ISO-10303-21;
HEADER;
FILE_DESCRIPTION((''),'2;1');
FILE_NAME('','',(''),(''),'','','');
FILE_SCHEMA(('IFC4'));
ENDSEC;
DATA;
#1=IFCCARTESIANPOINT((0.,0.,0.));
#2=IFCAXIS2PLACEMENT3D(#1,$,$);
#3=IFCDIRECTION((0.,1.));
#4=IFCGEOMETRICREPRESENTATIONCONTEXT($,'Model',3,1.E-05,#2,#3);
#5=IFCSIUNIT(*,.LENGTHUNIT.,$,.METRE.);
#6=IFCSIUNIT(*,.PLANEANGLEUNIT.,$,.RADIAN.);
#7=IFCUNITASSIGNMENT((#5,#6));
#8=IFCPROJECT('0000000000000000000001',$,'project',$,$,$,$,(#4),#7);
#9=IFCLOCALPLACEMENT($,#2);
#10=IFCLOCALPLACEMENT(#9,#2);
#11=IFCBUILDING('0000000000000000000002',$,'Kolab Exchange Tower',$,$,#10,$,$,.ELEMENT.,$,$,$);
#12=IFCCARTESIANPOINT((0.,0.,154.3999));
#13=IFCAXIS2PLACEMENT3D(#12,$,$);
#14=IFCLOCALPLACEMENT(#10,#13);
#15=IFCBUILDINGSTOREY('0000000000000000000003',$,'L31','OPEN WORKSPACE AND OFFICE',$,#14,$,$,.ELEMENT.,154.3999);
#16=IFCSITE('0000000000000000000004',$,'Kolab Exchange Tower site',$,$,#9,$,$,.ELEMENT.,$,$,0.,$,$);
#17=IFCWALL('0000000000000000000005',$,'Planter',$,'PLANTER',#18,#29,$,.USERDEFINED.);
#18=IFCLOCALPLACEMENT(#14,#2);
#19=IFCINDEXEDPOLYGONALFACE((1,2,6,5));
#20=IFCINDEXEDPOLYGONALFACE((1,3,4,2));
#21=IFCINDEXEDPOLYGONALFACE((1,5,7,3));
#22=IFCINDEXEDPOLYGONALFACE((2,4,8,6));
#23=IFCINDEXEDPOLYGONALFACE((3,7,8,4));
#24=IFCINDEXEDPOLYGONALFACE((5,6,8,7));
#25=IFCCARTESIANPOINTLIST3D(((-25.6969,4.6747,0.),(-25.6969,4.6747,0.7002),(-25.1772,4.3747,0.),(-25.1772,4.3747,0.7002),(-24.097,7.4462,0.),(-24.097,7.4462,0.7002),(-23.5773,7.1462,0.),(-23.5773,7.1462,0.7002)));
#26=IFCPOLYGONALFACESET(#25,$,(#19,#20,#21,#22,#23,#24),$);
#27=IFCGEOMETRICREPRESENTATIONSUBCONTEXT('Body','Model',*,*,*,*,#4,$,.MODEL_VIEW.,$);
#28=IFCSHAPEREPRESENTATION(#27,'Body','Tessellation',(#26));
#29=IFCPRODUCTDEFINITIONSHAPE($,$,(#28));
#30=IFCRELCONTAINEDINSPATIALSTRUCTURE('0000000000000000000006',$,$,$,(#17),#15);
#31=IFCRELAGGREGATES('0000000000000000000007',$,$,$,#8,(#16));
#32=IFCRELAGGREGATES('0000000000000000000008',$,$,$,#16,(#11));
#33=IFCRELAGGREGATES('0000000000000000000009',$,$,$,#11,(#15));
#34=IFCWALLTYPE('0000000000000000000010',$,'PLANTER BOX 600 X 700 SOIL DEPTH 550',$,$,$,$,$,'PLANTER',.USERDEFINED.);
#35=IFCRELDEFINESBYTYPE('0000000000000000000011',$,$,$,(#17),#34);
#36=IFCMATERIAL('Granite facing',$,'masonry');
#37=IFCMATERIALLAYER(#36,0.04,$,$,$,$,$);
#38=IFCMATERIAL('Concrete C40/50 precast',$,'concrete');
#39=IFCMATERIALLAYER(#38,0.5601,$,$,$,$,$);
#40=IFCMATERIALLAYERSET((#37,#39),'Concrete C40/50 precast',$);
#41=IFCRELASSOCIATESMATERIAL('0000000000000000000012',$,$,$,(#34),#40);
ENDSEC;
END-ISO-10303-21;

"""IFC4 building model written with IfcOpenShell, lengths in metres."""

from ifc_helpers import new_model, si_unit, direction, frame, frame_2d, origin, place, context, subcontext, project, spatial, rectangle, extrude, material, layer, layer_set, type_object, element, save


model = new_model("IFC4")

# Units and contexts
model_context = context("Model", 3, precision=1e-05, world=origin(), true_north=direction((0.0, 1.0)))
body_context = subcontext(model_context, "Body", "Model", "MODEL_VIEW")
ifc_project = project(units=[si_unit("LENGTHUNIT", "METRE"), si_unit("PLANEANGLEUNIT", "RADIAN")], contexts=[model_context])

# Site, building, storey
site_placement = place(None, origin())
site = spatial("IfcSite", under=ifc_project, at=site_placement, Name="Kolab Exchange Tower site", CompositionType="ELEMENT", RefElevation=0.0)
building_placement = place(site_placement, origin())
building = spatial("IfcBuilding", under=site, at=building_placement, Name="Kolab Exchange Tower", CompositionType="ELEMENT")
storey_placement = place(building_placement, frame((0.0, 0.0, 154.3999)))
storey = spatial("IfcBuildingStorey", under=building, at=storey_placement, Name="L31", Description="OPEN WORKSPACE AND OFFICE", CompositionType="ELEMENT", Elevation=154.3999)

# Wall
ifc_material_1 = material(Name="Granite facing", Category="masonry")
ifc_layer_1 = layer(ifc_material_1, 0.04)
ifc_material_2 = material(Name="Concrete C40/50 precast", Category="concrete")
ifc_layer_2 = layer(ifc_material_2, 0.5601)
ifc_layer_set_1 = layer_set([ifc_layer_1, ifc_layer_2], Name="Concrete C40/50 precast")
wall_type_1 = type_object("IfcWallType", Name="PLANTER BOX 600 X 700 SOIL DEPTH 550", ElementType="PLANTER", PredefinedType="USERDEFINED", material=ifc_layer_set_1)
wall_1_placement = place(storey_placement, frame((-25.437, 4.5247, 0.0), z_axis=(0.0, 0.0, 1.0), x_axis=(0.499938, 0.866061, 0.0)))
element("IfcWall", 1, at=wall_1_placement, inside=storey, type_object=wall_type_1, Name="Planter", ObjectType="PLANTER", PredefinedType="USERDEFINED", context=body_context, shape_type="SweptSolid", body=[
    extrude(rectangle(XDim=3.2002, YDim=0.6001, at=frame_2d((1.6001, 0.0))), origin(), (0.0, 0.0, 1.0), 0.7002),
])

save(model, "model.ifc")
